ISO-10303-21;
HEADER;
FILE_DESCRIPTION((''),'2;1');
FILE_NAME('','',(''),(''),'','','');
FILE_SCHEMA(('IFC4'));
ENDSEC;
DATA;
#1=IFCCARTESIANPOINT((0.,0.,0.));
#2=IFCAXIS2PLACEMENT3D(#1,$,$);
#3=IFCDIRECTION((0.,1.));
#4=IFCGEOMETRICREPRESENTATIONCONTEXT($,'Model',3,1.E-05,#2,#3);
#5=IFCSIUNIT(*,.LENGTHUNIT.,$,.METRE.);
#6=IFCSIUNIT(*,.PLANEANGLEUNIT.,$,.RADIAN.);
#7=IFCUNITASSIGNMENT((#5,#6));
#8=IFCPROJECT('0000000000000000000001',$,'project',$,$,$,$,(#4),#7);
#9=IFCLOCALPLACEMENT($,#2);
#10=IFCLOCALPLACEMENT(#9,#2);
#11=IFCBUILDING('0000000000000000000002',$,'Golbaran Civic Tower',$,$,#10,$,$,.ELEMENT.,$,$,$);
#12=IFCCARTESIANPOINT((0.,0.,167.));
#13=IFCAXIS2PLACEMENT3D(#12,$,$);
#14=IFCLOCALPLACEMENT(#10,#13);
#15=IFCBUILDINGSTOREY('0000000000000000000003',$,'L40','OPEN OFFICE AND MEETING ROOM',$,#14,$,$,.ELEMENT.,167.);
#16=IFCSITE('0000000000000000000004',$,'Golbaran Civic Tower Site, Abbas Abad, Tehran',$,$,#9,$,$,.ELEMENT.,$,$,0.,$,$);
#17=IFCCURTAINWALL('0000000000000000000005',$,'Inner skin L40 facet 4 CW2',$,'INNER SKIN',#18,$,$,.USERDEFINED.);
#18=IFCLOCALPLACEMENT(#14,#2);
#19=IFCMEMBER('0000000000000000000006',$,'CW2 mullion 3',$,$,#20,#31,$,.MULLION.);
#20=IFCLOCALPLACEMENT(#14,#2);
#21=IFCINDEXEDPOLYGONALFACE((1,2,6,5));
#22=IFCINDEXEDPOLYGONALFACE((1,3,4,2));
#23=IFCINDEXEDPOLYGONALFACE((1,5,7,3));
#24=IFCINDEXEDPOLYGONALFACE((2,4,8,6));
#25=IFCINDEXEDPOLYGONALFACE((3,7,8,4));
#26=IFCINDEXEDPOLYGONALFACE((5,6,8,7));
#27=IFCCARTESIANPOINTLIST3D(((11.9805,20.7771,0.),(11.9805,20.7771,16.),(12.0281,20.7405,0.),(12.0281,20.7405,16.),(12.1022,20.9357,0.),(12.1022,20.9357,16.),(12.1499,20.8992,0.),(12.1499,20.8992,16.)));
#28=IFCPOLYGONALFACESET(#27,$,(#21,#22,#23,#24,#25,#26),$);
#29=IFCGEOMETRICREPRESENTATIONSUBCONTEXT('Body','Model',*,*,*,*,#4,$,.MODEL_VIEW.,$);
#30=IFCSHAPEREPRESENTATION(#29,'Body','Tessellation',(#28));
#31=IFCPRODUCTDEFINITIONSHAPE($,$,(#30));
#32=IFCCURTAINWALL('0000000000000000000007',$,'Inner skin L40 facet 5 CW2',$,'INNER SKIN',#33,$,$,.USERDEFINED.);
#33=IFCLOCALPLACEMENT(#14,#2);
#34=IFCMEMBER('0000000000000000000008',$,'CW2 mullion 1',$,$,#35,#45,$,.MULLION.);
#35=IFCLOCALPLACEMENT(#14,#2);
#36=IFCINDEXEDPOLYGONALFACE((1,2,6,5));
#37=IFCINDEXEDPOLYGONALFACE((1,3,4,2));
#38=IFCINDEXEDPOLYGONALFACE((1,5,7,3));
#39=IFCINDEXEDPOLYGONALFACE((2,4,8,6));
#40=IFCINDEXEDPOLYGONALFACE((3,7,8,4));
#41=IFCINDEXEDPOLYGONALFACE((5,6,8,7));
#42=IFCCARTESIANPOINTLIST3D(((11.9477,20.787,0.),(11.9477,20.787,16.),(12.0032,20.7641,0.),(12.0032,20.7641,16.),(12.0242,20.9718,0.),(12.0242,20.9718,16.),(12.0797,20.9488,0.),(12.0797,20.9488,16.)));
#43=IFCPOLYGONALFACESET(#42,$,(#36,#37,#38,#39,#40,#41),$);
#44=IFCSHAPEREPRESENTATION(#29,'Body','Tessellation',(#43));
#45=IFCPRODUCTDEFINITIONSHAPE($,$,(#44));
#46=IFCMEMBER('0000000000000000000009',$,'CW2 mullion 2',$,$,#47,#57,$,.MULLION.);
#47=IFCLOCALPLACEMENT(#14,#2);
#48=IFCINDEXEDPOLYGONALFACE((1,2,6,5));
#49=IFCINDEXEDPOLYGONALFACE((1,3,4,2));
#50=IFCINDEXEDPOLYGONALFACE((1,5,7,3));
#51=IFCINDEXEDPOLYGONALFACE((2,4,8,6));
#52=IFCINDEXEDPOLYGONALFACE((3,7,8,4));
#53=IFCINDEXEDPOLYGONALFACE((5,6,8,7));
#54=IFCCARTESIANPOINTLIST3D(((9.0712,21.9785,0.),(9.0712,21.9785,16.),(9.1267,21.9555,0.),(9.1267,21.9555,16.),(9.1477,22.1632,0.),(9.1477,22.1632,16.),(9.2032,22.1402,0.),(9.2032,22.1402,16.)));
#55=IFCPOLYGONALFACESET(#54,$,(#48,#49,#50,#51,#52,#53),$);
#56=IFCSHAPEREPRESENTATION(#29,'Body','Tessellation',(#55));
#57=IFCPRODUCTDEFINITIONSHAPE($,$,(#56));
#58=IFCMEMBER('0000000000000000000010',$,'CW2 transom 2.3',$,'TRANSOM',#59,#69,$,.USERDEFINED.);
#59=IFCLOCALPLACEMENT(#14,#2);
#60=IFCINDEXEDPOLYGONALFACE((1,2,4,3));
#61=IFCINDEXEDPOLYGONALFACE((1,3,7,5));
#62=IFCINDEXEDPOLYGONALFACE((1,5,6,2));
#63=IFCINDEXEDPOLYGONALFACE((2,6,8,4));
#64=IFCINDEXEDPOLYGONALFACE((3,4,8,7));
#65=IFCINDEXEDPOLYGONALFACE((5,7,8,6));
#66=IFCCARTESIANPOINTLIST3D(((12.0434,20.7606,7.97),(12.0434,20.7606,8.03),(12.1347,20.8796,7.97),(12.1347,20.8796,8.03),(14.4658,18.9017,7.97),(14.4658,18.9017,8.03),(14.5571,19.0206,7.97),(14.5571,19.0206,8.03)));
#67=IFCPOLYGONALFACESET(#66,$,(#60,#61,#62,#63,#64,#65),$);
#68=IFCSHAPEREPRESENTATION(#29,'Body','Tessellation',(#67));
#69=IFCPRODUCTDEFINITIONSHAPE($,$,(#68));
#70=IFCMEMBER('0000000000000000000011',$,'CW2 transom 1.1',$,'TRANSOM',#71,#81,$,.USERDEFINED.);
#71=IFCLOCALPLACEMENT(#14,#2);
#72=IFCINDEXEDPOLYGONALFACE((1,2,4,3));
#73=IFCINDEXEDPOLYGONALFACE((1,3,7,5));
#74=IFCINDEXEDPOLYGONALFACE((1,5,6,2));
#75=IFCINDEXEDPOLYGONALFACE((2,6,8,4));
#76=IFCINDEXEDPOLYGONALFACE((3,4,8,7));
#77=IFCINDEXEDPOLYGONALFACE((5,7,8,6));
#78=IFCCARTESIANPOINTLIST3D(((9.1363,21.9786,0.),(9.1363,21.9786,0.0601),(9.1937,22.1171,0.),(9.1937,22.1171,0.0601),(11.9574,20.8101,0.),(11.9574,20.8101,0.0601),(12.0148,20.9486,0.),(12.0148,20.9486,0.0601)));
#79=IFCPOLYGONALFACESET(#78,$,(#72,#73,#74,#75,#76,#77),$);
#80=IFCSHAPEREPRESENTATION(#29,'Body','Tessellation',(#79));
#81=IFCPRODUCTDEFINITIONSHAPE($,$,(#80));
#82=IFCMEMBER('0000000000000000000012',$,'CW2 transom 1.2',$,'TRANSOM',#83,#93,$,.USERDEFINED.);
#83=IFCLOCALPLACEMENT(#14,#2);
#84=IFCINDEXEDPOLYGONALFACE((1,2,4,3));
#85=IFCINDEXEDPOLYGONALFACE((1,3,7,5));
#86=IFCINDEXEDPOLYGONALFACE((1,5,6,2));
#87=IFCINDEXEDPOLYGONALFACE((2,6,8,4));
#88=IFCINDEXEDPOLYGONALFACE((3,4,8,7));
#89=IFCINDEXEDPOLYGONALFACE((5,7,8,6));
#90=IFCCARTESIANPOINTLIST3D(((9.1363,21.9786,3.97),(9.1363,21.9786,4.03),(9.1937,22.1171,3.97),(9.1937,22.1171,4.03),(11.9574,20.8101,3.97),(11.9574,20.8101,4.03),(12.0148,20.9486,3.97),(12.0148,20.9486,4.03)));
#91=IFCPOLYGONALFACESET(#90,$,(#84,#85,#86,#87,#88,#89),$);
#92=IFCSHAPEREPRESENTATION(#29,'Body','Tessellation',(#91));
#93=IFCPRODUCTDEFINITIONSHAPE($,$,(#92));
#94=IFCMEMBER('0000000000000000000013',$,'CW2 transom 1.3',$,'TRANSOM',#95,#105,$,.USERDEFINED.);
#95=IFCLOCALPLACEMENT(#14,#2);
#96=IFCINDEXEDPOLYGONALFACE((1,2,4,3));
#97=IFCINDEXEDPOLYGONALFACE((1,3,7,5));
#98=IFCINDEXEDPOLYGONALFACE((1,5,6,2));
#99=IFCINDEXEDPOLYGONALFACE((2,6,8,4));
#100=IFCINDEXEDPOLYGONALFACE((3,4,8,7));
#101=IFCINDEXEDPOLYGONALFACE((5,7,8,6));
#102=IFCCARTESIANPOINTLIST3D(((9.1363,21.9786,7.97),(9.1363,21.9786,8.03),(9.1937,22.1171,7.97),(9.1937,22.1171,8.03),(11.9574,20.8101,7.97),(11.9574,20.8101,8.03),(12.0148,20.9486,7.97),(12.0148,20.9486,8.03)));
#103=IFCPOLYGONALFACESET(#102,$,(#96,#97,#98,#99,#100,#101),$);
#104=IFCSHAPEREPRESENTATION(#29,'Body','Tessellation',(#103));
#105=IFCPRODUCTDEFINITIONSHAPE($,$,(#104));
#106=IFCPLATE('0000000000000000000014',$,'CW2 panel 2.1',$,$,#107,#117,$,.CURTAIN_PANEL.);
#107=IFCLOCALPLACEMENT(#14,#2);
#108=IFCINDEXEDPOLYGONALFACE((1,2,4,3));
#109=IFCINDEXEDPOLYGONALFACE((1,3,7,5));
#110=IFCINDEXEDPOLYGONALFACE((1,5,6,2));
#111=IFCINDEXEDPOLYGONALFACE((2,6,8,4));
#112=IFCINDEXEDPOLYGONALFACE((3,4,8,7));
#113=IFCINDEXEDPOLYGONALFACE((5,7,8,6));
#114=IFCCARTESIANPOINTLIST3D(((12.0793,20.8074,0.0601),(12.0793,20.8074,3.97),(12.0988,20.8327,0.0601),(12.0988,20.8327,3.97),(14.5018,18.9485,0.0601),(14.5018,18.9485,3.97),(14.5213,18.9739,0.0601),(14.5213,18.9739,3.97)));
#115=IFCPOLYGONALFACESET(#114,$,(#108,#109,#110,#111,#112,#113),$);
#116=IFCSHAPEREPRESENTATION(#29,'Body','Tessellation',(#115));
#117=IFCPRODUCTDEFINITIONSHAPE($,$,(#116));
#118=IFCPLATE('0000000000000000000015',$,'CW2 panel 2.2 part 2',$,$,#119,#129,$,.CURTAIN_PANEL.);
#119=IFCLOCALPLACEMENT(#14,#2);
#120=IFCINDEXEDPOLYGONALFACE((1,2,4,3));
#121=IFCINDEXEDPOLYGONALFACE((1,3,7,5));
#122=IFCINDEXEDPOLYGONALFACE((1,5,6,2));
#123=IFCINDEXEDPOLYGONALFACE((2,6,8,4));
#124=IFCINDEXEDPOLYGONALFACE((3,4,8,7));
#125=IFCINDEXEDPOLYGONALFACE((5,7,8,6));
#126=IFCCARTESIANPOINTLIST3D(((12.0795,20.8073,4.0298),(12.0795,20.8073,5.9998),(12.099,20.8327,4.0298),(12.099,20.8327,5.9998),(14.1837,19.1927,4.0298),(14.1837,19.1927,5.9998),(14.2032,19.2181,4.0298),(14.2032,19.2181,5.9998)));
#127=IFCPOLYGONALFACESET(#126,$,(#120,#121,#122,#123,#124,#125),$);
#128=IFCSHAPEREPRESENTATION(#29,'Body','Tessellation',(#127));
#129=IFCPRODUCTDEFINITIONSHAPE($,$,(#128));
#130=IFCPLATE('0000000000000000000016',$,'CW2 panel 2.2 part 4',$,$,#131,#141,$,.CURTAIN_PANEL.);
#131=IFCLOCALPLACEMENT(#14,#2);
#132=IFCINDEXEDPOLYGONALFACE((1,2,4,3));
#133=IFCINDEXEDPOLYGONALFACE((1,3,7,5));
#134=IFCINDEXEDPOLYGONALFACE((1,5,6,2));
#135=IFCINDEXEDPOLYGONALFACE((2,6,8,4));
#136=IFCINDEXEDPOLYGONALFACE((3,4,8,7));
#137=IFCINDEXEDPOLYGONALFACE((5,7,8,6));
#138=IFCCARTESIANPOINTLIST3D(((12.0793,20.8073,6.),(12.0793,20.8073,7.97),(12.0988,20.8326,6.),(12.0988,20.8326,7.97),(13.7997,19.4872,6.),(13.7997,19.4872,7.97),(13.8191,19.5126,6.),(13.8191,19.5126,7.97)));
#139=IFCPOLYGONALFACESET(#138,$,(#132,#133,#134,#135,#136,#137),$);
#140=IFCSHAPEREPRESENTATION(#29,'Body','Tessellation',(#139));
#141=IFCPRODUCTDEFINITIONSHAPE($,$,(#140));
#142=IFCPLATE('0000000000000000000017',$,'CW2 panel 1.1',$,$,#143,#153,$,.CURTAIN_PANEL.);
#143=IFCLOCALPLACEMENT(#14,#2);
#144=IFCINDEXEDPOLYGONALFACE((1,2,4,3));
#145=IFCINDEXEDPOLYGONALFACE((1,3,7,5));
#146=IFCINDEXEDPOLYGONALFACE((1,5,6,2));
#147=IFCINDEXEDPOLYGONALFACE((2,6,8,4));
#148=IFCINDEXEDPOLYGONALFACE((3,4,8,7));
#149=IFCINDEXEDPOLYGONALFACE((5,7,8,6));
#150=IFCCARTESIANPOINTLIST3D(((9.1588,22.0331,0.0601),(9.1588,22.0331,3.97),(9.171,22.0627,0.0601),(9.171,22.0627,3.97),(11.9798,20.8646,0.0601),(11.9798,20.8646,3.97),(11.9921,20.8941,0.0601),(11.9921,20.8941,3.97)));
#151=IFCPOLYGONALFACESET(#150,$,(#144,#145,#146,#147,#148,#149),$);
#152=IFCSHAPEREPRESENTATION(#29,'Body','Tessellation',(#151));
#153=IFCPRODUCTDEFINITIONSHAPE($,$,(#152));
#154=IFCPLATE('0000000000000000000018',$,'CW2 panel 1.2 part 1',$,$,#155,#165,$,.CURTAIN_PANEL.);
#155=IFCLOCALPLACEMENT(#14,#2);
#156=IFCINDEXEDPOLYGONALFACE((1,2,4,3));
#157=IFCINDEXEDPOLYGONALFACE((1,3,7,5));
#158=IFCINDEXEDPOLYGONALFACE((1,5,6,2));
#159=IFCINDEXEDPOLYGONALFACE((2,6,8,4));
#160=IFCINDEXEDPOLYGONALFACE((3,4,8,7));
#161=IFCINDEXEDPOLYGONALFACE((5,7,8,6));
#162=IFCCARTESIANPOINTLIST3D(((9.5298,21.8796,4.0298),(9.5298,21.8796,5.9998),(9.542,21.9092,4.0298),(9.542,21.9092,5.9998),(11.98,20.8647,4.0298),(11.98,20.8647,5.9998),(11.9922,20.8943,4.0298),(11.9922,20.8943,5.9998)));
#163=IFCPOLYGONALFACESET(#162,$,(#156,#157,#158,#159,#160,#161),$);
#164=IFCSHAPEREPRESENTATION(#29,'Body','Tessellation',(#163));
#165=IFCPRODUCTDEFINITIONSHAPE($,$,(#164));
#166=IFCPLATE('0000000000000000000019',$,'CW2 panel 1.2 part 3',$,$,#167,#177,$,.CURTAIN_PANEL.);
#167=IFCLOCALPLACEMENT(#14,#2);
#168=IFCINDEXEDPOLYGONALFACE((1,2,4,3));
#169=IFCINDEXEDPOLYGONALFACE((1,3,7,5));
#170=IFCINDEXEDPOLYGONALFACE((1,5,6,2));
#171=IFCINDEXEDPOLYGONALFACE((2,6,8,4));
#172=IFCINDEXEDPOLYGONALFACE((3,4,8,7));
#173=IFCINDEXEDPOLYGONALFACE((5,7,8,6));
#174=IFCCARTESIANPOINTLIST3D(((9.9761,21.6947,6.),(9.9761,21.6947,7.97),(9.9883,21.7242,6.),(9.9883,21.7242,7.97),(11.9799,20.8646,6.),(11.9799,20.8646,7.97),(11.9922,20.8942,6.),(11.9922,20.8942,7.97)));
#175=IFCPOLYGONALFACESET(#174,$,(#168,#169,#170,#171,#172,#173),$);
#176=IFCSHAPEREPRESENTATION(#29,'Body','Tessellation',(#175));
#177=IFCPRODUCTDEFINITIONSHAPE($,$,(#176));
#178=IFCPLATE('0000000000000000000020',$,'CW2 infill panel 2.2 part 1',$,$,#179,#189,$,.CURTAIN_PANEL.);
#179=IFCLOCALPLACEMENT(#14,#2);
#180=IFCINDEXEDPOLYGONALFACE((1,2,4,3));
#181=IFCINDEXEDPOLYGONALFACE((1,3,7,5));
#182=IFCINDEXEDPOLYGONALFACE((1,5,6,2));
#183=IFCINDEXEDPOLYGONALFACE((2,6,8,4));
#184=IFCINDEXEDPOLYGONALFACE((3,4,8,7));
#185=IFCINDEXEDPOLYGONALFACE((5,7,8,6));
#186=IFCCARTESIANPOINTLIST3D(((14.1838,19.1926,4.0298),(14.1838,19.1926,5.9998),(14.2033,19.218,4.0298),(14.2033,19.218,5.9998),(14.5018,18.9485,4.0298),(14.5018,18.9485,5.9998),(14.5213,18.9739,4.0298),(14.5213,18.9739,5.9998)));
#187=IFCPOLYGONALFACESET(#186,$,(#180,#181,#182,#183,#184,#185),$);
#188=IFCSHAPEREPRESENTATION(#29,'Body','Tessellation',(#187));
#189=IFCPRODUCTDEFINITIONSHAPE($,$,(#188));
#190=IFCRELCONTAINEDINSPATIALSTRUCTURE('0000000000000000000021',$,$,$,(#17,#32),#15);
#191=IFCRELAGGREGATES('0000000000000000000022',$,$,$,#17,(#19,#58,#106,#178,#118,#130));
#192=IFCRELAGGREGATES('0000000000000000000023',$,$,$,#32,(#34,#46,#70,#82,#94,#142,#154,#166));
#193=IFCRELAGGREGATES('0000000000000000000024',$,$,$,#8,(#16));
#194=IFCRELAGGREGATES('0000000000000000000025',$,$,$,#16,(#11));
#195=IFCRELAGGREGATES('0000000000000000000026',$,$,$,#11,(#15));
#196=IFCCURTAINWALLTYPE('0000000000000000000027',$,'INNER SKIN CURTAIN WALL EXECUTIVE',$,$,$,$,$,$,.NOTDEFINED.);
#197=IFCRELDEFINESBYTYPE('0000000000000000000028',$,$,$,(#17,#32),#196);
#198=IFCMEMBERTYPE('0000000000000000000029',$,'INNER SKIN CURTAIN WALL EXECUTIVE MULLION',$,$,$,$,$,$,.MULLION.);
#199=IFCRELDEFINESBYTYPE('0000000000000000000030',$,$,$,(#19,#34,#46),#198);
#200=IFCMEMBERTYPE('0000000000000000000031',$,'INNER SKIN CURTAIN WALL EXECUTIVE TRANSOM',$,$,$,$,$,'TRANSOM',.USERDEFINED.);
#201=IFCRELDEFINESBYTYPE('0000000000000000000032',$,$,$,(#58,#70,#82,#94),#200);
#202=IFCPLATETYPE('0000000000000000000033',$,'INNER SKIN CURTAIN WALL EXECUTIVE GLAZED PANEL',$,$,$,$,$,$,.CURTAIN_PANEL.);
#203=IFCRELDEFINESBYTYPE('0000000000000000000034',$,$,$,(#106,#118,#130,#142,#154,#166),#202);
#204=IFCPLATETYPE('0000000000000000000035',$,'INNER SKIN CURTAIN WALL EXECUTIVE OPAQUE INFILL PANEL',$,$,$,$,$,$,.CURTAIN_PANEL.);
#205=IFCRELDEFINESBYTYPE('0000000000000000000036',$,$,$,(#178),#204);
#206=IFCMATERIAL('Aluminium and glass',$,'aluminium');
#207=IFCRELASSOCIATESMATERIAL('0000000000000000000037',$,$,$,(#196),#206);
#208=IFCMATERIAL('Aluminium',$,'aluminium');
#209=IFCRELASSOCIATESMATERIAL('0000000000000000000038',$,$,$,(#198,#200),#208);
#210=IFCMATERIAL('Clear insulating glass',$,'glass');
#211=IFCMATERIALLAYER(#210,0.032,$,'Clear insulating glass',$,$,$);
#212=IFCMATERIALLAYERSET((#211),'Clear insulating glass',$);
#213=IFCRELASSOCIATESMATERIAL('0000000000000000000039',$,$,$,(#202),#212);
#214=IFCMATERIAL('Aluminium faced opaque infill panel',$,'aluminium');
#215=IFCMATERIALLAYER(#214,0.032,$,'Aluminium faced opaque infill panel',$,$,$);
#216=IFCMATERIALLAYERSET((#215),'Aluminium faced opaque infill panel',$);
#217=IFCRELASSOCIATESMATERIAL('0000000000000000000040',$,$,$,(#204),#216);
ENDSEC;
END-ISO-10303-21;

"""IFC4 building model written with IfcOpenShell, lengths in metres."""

from ifc_helpers import new_model, si_unit, direction, frame, origin, origin_2d, place, context, subcontext, project, spatial, rectangle, extrude, material, layer, layer_set, material_profile, profile_set, type_object, element, aggregate, save


model = new_model("IFC4")

# Units and contexts
model_context = context("Model", 3, precision=1e-05, world=origin(), true_north=direction((0.0, 1.0)))
body_context = subcontext(model_context, "Body", "Model", "MODEL_VIEW")
ifc_project = project(units=[si_unit("LENGTHUNIT", "METRE"), si_unit("PLANEANGLEUNIT", "RADIAN")], contexts=[model_context])

# Site, building, storey
site_placement = place(None, origin())
site = spatial("IfcSite", under=ifc_project, at=site_placement, Name="Golbaran Civic Tower Site, Abbas Abad, Tehran", CompositionType="ELEMENT", RefElevation=0.0)
building_placement = place(site_placement, origin())
building = spatial("IfcBuilding", under=site, at=building_placement, Name="Golbaran Civic Tower", CompositionType="ELEMENT")
storey_placement = place(building_placement, frame((0.0, 0.0, 167.0)))
storey = spatial("IfcBuildingStorey", under=building, at=storey_placement, Name="L40", Description="OPEN OFFICE AND MEETING ROOM", CompositionType="ELEMENT", Elevation=167.0)

# Curtain wall, member
ifc_material_1 = material(Name="Aluminium and glass", Category="aluminium")
curtain_wall_type_1 = type_object("IfcCurtainWallType", Name="INNER SKIN CURTAIN WALL EXECUTIVE", PredefinedType="NOTDEFINED", material=ifc_material_1)
curtain_wall_1_placement = place(storey_placement, origin())
curtain_wall_1 = element("IfcCurtainWall", 1, at=curtain_wall_1_placement, inside=storey, type_object=curtain_wall_type_1, Name="Inner skin L40 facet 4 CW2", ObjectType="INNER SKIN", PredefinedType="USERDEFINED")
ifc_material_2 = material(Name="Aluminium", Category="aluminium")
ifc_material_profile_1 = material_profile(ifc_material_2, rectangle(XDim=0.2, YDim=0.0601, at=origin_2d()), Name="INNER SKIN CURTAIN WALL EXECUTIVE MULLION")
ifc_profile_set_1 = profile_set([ifc_material_profile_1], Name="Aluminium")
member_type_1 = type_object("IfcMemberType", Name="INNER SKIN CURTAIN WALL EXECUTIVE MULLION", PredefinedType="MULLION", material=ifc_profile_set_1)
member_1_placement = place(storey_placement, frame((12.0652, 20.8381, 0.0), z_axis=(0.0, 0.0, 1.0), x_axis=(-0.608761, -0.793353, 0.0)))
member_1 = element("IfcMember", 2, at=member_1_placement, type_object=member_type_1, Name="CW2 mullion 3", PredefinedType="MULLION", context=body_context, shape_type="SweptSolid", body=[
    extrude(rectangle(XDim=0.2, YDim=0.0601, at=origin_2d()), origin(), (0.0, 0.0, 1.0), 16.0),
])

# Curtain wall, members
curtain_wall_2_placement = place(storey_placement, origin())
curtain_wall_2 = element("IfcCurtainWall", 3, at=curtain_wall_2_placement, inside=storey, type_object=curtain_wall_type_1, Name="Inner skin L40 facet 5 CW2", ObjectType="INNER SKIN", PredefinedType="USERDEFINED")
member_2_placement = place(storey_placement, frame((12.0137, 20.8679, 0.0), z_axis=(0.0, 0.0, 1.0), x_axis=(-0.382683, -0.92388, 0.0)))
member_2 = element("IfcMember", 4, at=member_2_placement, type_object=member_type_1, Name="CW2 mullion 1", PredefinedType="MULLION", context=body_context, shape_type="SweptSolid", body=[
    extrude(rectangle(XDim=0.2, YDim=0.0601, at=origin_2d()), origin(), (0.0, 0.0, 1.0), 16.0),
])
member_3_placement = place(storey_placement, frame((9.1372, 22.0593, 0.0), z_axis=(0.0, 0.0, 1.0), x_axis=(-0.382683, -0.92388, 0.0)))
member_3 = element("IfcMember", 5, at=member_3_placement, type_object=member_type_1, Name="CW2 mullion 2", PredefinedType="MULLION", context=body_context, shape_type="SweptSolid", body=[
    extrude(rectangle(XDim=0.2, YDim=0.0601, at=origin_2d()), origin(), (0.0, 0.0, 1.0), 16.0),
])

# Members
ifc_material_profile_2 = material_profile(ifc_material_2, rectangle(XDim=0.1499, YDim=0.0601, at=origin_2d()), Name="INNER SKIN CURTAIN WALL EXECUTIVE TRANSOM")
ifc_profile_set_2 = profile_set([ifc_material_profile_2], Name="Aluminium")
member_type_2 = type_object("IfcMemberType", Name="INNER SKIN CURTAIN WALL EXECUTIVE TRANSOM", ElementType="TRANSOM", PredefinedType="USERDEFINED", material=ifc_profile_set_2)
member_4_placement = place(storey_placement, frame((14.5115, 18.9612, 8.0), z_axis=(-0.793331, 0.608791, 0.0), x_axis=(-0.608791, -0.793331, 0.0)))
member_4 = element("IfcMember", 6, at=member_4_placement, type_object=member_type_2, Name="CW2 transom 2.3", ObjectType="TRANSOM", PredefinedType="USERDEFINED", context=body_context, shape_type="SweptSolid", body=[
    extrude(rectangle(XDim=0.1499, YDim=0.0601, at=origin_2d()), origin(), (0.0, 0.0, 1.0), 3.0535),
])
member_5_placement = place(storey_placement, frame((11.9861, 20.8794, 0.03), z_axis=(-0.923886, 0.382667, 0.0), x_axis=(-0.382667, -0.923886, 0.0)))
member_5 = element("IfcMember", 7, at=member_5_placement, type_object=member_type_2, Name="CW2 transom 1.1", ObjectType="TRANSOM", PredefinedType="USERDEFINED", context=body_context, shape_type="SweptSolid", body=[
    extrude(rectangle(XDim=0.1499, YDim=0.0601, at=origin_2d()), origin(), (0.0, 0.0, 1.0), 3.0535),
])
member_6_placement = place(storey_placement, frame((11.9861, 20.8794, 4.0), z_axis=(-0.923886, 0.382667, 0.0), x_axis=(-0.382667, -0.923886, 0.0)))
member_6 = element("IfcMember", 8, at=member_6_placement, type_object=member_type_2, Name="CW2 transom 1.2", ObjectType="TRANSOM", PredefinedType="USERDEFINED", context=body_context, shape_type="SweptSolid", body=[
    extrude(rectangle(XDim=0.1499, YDim=0.0601, at=origin_2d()), origin(), (0.0, 0.0, 1.0), 3.0535),
])
member_7_placement = place(storey_placement, frame((11.9861, 20.8794, 8.0), z_axis=(-0.923886, 0.382667, 0.0), x_axis=(-0.382667, -0.923886, 0.0)))
member_7 = element("IfcMember", 9, at=member_7_placement, type_object=member_type_2, Name="CW2 transom 1.3", ObjectType="TRANSOM", PredefinedType="USERDEFINED", context=body_context, shape_type="SweptSolid", body=[
    extrude(rectangle(XDim=0.1499, YDim=0.0601, at=origin_2d()), origin(), (0.0, 0.0, 1.0), 3.0535),
])

# Plates
ifc_material_3 = material(Name="Clear insulating glass", Category="glass")
ifc_layer_1 = layer(ifc_material_3, 0.032, Name="Clear insulating glass")
ifc_layer_set_1 = layer_set([ifc_layer_1], Name="Clear insulating glass")
plate_type_1 = type_object("IfcPlateType", Name="INNER SKIN CURTAIN WALL EXECUTIVE GLAZED PANEL", PredefinedType="CURTAIN_PANEL", material=ifc_layer_set_1)
plate_1_placement = place(storey_placement, frame((13.3003, 19.8906, 0.0601), z_axis=(0.0, 0.0, 1.0), x_axis=(-0.793353, 0.608761, 0.0)))
plate_1 = element("IfcPlate", 10, at=plate_1_placement, type_object=plate_type_1, Name="CW2 panel 2.1", PredefinedType="CURTAIN_PANEL", context=body_context, shape_type="SweptSolid", body=[
    extrude(rectangle(XDim=3.0535, YDim=0.032, at=origin_2d()), origin(), (0.0, 0.0, 1.0), 3.9099),
])
plate_2_placement = place(storey_placement, frame((13.1414, 20.0127, 4.0298), z_axis=(0.0, 0.0, 1.0), x_axis=(-0.793353, 0.608761, 0.0)))
plate_2 = element("IfcPlate", 11, at=plate_2_placement, type_object=plate_type_1, Name="CW2 panel 2.2 part 2", PredefinedType="CURTAIN_PANEL", context=body_context, shape_type="SweptSolid", body=[
    extrude(rectangle(XDim=2.6523, YDim=0.032, at=origin_2d()), origin(), (0.0, 0.0, 1.0), 1.97),
])
plate_3_placement = place(storey_placement, frame((12.9492, 20.1599, 6.0), z_axis=(0.0, 0.0, 1.0), x_axis=(-0.793353, 0.608761, 0.0)))
plate_3 = element("IfcPlate", 12, at=plate_3_placement, type_object=plate_type_1, Name="CW2 panel 2.2 part 4", PredefinedType="CURTAIN_PANEL", context=body_context, shape_type="SweptSolid", body=[
    extrude(rectangle(XDim=2.1685, YDim=0.032, at=origin_2d()), origin(), (0.0, 0.0, 1.0), 1.97),
])
plate_4_placement = place(storey_placement, frame((10.5754, 21.4636, 0.0601), z_axis=(0.0, 0.0, 1.0), x_axis=(-0.92388, 0.382683, 0.0)))
plate_4 = element("IfcPlate", 13, at=plate_4_placement, type_object=plate_type_1, Name="CW2 panel 1.1", PredefinedType="CURTAIN_PANEL", context=body_context, shape_type="SweptSolid", body=[
    extrude(rectangle(XDim=3.0535, YDim=0.032, at=origin_2d()), origin(), (0.0, 0.0, 1.0), 3.9099),
])
plate_5_placement = place(storey_placement, frame((10.761, 21.387, 4.0298), z_axis=(0.0, 0.0, 1.0), x_axis=(-0.92388, 0.382683, 0.0)))
plate_5 = element("IfcPlate", 14, at=plate_5_placement, type_object=plate_type_1, Name="CW2 panel 1.2 part 1", PredefinedType="CURTAIN_PANEL", context=body_context, shape_type="SweptSolid", body=[
    extrude(rectangle(XDim=2.6521, YDim=0.032, at=origin_2d()), origin(), (0.0, 0.0, 1.0), 1.97),
])
plate_6_placement = place(storey_placement, frame((10.9841, 21.2944, 6.0), z_axis=(0.0, 0.0, 1.0), x_axis=(-0.92388, 0.382683, 0.0)))
plate_6 = element("IfcPlate", 15, at=plate_6_placement, type_object=plate_type_1, Name="CW2 panel 1.2 part 3", PredefinedType="CURTAIN_PANEL", context=body_context, shape_type="SweptSolid", body=[
    extrude(rectangle(XDim=2.1689, YDim=0.032, at=origin_2d()), origin(), (0.0, 0.0, 1.0), 1.97),
])
ifc_material_4 = material(Name="Aluminium faced opaque infill panel", Category="aluminium")
ifc_layer_2 = layer(ifc_material_4, 0.032, Name="Aluminium faced opaque infill panel")
ifc_layer_set_2 = layer_set([ifc_layer_2], Name="Aluminium faced opaque infill panel")
plate_type_2 = type_object("IfcPlateType", Name="INNER SKIN CURTAIN WALL EXECUTIVE OPAQUE INFILL PANEL", PredefinedType="CURTAIN_PANEL", material=ifc_layer_set_2)
plate_7_placement = place(storey_placement, frame((14.3525, 19.0833, 4.0298), z_axis=(0.0, 0.0, 1.0), x_axis=(-0.793353, 0.608761, 0.0)))
plate_7 = element("IfcPlate", 16, at=plate_7_placement, type_object=plate_type_2, Name="CW2 infill panel 2.2 part 1", PredefinedType="CURTAIN_PANEL", context=body_context, shape_type="SweptSolid", body=[
    extrude(rectangle(XDim=0.4009, YDim=0.032, at=origin_2d()), origin(), (0.0, 0.0, 1.0), 1.97),
])
aggregate(curtain_wall_1, [member_1, member_4, plate_1, plate_7, plate_2, plate_3])
aggregate(curtain_wall_2, [member_2, member_3, member_5, member_6, member_7, plate_4, plate_5, plate_6])

save(model, "model.ifc")
